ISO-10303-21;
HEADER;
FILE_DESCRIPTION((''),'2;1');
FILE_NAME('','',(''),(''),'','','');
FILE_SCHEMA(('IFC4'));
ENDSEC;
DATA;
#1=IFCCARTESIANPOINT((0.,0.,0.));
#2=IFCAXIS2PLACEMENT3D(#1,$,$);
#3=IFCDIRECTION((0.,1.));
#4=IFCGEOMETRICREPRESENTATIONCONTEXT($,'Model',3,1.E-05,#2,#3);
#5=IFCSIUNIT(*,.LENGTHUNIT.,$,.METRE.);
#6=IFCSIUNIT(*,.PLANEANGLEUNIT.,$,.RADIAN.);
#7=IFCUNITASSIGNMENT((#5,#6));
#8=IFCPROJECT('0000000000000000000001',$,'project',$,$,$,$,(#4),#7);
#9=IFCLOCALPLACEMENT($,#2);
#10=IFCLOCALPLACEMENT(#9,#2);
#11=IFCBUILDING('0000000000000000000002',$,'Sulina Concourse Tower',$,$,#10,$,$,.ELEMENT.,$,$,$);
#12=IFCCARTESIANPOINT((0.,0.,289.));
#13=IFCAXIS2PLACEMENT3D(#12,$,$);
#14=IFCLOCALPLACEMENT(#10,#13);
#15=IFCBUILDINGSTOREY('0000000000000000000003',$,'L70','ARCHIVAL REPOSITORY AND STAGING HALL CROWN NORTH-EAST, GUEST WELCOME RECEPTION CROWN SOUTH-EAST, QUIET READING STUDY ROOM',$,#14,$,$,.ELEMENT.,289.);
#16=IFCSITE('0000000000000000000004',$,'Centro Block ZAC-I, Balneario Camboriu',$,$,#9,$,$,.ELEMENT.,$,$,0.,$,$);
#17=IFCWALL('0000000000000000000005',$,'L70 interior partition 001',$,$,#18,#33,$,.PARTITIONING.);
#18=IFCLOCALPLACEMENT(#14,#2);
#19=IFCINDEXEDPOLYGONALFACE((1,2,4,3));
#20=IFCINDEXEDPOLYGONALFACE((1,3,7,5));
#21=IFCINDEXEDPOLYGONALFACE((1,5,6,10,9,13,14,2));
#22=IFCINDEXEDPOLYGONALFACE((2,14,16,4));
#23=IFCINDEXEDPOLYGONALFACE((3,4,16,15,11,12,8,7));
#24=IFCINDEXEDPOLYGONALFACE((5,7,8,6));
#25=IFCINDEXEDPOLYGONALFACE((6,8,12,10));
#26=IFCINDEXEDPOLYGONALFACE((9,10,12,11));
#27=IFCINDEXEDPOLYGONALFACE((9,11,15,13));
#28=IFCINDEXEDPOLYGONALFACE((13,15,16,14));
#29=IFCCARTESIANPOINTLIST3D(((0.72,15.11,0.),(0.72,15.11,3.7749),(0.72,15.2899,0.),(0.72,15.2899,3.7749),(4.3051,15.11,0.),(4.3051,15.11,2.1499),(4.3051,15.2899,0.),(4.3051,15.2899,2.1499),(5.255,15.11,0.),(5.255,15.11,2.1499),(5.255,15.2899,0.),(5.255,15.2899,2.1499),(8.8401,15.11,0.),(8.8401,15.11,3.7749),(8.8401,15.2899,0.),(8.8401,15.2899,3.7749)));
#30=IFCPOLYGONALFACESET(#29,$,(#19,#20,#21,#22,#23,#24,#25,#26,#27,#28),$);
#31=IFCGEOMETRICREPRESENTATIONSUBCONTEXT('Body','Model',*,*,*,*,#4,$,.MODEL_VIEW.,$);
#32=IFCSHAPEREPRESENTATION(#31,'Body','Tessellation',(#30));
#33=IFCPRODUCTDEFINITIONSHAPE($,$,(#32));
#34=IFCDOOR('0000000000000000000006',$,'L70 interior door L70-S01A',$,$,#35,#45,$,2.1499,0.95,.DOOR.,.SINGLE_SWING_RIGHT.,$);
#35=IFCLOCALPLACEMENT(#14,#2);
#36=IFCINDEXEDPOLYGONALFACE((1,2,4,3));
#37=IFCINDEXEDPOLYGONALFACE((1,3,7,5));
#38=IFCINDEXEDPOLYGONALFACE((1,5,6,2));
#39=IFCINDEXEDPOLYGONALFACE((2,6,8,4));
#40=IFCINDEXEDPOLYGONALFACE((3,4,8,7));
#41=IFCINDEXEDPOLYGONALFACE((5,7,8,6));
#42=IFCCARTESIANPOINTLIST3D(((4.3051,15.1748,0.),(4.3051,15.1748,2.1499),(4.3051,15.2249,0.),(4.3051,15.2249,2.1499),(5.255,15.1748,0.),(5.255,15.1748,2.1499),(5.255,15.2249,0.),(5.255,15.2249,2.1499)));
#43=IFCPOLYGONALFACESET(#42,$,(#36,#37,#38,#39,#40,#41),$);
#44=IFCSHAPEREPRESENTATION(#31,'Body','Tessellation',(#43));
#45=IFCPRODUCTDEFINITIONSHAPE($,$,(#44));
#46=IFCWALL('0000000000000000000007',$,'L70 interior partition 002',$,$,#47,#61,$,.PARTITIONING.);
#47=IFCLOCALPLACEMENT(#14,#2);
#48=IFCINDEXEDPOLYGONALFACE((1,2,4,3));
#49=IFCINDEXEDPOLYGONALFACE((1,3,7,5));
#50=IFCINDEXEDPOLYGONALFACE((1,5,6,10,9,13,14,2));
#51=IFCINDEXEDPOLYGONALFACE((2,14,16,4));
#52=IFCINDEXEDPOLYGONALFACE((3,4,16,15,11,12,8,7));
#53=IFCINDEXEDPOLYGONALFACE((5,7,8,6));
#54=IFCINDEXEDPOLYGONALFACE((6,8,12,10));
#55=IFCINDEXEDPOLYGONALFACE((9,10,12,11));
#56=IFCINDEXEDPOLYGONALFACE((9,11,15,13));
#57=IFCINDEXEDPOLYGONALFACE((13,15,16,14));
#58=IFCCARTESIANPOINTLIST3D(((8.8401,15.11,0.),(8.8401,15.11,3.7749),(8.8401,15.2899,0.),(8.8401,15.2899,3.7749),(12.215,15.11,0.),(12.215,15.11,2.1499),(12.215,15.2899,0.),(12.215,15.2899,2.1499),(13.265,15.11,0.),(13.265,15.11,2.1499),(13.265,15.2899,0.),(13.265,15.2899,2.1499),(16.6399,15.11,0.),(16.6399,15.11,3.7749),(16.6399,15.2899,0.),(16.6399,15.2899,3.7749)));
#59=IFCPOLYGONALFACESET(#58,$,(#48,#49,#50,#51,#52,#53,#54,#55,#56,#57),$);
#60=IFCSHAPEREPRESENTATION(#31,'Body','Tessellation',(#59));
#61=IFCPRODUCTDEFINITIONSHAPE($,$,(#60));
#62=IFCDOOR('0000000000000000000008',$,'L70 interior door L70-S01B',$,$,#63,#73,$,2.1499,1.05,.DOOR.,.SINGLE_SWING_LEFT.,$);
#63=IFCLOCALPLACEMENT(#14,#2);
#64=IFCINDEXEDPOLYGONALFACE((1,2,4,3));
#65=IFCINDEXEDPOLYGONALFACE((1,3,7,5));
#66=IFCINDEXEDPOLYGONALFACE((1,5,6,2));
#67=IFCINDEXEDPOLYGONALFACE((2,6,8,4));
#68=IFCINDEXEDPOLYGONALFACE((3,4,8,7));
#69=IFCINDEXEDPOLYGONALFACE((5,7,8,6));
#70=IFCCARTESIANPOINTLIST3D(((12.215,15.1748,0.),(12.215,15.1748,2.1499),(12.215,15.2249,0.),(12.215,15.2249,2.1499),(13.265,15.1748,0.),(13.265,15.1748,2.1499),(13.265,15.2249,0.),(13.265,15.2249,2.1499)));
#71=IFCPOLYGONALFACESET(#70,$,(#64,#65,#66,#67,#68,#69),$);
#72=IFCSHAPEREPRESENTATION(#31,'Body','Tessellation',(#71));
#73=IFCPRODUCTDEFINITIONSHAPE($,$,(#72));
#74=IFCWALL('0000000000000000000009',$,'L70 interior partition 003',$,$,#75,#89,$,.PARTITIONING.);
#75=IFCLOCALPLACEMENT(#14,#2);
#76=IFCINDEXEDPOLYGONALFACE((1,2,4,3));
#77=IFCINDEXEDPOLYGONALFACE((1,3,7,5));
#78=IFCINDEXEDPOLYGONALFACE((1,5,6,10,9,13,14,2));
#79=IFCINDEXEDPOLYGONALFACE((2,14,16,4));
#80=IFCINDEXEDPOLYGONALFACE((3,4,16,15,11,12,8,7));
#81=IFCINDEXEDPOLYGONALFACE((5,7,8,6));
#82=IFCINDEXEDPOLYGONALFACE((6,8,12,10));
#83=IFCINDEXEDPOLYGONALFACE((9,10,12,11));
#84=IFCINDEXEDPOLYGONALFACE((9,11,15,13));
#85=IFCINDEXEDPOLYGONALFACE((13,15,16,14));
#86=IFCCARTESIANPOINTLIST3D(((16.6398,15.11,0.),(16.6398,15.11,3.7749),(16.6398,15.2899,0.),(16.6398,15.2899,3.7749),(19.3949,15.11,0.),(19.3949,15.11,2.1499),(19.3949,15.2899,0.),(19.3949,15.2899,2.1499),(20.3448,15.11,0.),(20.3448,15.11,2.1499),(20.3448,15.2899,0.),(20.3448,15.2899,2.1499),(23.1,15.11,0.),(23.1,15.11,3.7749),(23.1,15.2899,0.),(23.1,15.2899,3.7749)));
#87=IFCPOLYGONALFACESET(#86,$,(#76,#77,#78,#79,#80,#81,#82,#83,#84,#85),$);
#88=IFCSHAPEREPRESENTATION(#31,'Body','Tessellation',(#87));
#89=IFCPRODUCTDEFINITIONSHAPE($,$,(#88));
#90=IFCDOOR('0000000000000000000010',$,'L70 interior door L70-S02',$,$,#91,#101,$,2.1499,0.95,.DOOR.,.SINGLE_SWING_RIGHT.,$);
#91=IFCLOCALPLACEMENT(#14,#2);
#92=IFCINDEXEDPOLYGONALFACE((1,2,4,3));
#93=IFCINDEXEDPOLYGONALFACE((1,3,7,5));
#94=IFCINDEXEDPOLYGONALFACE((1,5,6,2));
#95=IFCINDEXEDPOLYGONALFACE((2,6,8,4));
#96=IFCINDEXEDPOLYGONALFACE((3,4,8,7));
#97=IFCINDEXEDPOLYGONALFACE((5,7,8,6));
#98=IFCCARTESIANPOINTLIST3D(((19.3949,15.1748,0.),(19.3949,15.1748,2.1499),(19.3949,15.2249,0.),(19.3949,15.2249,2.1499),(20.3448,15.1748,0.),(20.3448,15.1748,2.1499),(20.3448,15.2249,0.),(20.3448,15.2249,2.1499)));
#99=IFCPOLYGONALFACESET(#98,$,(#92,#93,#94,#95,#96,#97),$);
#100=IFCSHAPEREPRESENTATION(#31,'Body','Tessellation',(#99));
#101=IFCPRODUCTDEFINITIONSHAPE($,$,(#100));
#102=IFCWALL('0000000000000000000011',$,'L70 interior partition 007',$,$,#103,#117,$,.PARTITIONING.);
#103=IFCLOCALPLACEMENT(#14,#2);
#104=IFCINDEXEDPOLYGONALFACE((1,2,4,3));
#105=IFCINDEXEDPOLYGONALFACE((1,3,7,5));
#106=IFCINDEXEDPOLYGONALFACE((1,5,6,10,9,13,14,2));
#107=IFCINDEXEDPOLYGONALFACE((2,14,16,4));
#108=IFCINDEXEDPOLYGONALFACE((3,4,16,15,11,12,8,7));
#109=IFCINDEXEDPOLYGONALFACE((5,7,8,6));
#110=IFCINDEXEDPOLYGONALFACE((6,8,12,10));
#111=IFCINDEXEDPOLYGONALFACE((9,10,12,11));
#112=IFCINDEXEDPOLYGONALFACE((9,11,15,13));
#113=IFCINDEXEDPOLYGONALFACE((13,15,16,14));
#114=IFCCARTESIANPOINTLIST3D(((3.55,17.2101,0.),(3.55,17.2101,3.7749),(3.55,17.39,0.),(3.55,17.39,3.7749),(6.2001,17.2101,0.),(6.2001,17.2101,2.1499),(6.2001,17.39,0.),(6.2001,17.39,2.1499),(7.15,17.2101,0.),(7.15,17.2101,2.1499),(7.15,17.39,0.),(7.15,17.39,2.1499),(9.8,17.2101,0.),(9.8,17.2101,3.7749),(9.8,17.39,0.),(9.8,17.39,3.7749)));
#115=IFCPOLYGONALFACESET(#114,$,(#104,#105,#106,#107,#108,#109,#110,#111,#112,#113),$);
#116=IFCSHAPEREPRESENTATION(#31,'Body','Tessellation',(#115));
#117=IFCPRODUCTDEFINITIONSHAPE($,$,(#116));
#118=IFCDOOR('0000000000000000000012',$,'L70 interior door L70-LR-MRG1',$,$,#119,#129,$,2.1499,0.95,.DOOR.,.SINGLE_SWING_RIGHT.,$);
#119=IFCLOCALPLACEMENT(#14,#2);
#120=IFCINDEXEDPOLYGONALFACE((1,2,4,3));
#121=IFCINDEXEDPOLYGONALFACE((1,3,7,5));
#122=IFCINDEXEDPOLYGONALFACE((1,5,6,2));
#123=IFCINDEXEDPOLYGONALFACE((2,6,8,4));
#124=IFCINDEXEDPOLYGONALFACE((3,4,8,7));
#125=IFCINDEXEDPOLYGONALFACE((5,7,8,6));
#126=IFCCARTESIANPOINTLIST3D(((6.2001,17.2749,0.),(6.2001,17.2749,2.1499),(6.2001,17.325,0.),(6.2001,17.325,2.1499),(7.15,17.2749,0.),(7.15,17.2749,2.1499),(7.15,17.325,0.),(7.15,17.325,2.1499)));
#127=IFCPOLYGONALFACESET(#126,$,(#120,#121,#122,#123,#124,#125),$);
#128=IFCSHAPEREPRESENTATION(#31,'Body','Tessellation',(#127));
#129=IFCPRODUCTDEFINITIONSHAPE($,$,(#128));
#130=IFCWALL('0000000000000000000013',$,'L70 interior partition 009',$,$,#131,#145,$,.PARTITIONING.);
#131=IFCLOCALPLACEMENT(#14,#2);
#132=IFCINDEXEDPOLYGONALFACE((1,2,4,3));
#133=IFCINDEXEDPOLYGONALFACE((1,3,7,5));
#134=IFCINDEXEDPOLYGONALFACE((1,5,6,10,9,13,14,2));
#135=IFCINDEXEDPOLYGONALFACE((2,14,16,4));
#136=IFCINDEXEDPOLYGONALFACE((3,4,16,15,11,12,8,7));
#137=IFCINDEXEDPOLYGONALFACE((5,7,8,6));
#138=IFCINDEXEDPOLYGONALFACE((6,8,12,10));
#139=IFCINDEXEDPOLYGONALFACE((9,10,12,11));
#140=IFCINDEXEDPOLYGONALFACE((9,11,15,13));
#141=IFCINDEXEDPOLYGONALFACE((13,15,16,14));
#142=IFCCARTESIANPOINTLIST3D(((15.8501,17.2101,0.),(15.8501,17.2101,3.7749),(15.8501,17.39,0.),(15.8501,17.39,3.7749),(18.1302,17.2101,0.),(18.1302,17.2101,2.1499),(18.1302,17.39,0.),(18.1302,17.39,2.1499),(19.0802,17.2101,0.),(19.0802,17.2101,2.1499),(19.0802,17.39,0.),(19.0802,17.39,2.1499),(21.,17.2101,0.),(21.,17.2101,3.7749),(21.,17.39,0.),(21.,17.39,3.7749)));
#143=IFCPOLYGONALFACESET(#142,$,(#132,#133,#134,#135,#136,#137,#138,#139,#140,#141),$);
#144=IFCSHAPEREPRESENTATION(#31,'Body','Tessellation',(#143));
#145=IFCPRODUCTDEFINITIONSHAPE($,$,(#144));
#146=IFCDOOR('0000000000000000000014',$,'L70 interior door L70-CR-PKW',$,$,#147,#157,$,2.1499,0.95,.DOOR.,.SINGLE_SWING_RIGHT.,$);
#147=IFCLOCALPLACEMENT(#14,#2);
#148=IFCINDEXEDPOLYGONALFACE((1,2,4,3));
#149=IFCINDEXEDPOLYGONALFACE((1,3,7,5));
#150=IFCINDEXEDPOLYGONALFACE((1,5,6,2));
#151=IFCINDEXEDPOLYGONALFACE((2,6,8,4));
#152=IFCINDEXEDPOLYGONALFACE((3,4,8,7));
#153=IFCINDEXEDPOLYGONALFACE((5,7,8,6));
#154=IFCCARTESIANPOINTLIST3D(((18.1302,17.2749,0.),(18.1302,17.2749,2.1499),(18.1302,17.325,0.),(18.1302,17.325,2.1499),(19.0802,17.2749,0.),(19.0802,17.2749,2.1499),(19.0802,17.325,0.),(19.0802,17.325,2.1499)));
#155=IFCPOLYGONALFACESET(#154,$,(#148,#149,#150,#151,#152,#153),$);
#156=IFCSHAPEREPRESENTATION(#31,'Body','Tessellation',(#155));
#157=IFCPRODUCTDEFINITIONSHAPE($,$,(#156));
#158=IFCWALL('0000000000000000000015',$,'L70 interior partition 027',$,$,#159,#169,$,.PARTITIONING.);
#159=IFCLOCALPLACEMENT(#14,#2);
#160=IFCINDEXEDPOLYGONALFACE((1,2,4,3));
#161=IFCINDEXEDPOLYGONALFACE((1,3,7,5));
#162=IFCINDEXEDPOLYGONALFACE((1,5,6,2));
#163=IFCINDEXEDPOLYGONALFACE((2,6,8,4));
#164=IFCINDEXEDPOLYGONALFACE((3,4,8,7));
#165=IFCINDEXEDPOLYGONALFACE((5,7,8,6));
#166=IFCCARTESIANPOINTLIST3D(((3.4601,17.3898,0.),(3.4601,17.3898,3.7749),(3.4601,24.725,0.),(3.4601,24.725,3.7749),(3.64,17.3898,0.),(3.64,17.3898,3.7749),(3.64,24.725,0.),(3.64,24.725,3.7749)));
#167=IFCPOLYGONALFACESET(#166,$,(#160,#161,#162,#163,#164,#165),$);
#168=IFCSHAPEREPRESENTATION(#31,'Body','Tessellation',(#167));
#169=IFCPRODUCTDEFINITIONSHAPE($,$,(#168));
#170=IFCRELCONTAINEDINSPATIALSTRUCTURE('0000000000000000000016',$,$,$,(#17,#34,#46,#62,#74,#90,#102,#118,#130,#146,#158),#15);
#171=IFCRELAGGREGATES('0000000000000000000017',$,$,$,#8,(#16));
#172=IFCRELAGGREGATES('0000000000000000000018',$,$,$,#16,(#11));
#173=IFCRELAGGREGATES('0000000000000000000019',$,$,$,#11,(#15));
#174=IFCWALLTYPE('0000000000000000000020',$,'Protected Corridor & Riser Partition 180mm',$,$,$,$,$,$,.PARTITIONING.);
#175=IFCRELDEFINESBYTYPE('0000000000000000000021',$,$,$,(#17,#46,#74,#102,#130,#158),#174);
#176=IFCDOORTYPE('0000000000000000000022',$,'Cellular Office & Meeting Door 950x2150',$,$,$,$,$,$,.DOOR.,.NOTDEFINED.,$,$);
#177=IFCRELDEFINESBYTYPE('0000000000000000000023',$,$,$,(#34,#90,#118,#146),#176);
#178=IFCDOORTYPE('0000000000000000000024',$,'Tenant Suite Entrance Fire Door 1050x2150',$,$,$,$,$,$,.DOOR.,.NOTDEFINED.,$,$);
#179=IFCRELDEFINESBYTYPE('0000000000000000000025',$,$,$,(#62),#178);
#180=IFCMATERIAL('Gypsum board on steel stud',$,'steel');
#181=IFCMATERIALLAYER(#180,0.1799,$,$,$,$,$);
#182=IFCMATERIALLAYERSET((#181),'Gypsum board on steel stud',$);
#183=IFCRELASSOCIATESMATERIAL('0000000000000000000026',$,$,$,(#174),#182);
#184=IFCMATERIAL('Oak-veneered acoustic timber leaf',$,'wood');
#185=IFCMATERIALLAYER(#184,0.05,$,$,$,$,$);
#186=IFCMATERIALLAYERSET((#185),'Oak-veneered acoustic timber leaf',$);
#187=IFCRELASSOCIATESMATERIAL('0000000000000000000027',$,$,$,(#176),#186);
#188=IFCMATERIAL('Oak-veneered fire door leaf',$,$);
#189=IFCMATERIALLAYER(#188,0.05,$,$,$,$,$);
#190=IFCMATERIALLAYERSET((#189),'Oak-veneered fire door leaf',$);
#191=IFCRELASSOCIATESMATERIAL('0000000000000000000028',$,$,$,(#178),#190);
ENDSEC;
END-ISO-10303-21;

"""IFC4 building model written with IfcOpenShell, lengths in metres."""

from ifc_helpers import new_model, si_unit, direction, frame, frame_2d, origin, place, context, subcontext, project, spatial, rectangle, extrude, material, layer, layer_set, type_object, element, fill, save


model = new_model("IFC4")

# Units and contexts
model_context = context("Model", 3, precision=1e-05, world=origin(), true_north=direction((0.0, 1.0)))
body_context = subcontext(model_context, "Body", "Model", "MODEL_VIEW")
ifc_project = project(units=[si_unit("LENGTHUNIT", "METRE"), si_unit("PLANEANGLEUNIT", "RADIAN")], contexts=[model_context])

# Site, building, storey
site_placement = place(None, origin())
site = spatial("IfcSite", under=ifc_project, at=site_placement, Name="Centro Block ZAC-I, Balneario Camboriu", CompositionType="ELEMENT", RefElevation=0.0)
building_placement = place(site_placement, origin())
building = spatial("IfcBuilding", under=site, at=building_placement, Name="Sulina Concourse Tower", CompositionType="ELEMENT")
storey_placement = place(building_placement, frame((0.0, 0.0, 289.0)))
storey = spatial("IfcBuildingStorey", under=building, at=storey_placement, Name="L70", Description="ARCHIVAL REPOSITORY AND STAGING HALL CROWN NORTH-EAST, GUEST WELCOME RECEPTION CROWN SOUTH-EAST, QUIET READING STUDY ROOM", CompositionType="ELEMENT", Elevation=289.0)

# Walls, openings, doors
ifc_material_1 = material(Name="Gypsum board on steel stud", Category="steel")
ifc_layer_1 = layer(ifc_material_1, 0.1799)
ifc_layer_set_1 = layer_set([ifc_layer_1], Name="Gypsum board on steel stud")
wall_type_1 = type_object("IfcWallType", Name="Protected Corridor & Riser Partition 180mm", PredefinedType="PARTITIONING", material=ifc_layer_set_1)
wall_1_placement = place(storey_placement, frame((0.72, 15.2, 0.0), z_axis=(0.0, 0.0, 1.0), x_axis=(1.0, 0.0, 0.0)))
wall_1 = element("IfcWall", 1, at=wall_1_placement, inside=storey, type_object=wall_type_1, Name="L70 interior partition 001", PredefinedType="PARTITIONING", context=body_context, shape_type="SweptSolid", body=[
    extrude(rectangle(XDim=8.1201, YDim=0.1799, at=frame_2d((4.0601, 0.0))), origin(), (0.0, 0.0, 1.0), 3.7749),
])
opening_1_placement = place(wall_1_placement, frame((3.585, 0.0, 0.0)))
opening_1 = element("IfcOpeningElement", 2, at=opening_1_placement, cuts=wall_1, PredefinedType="OPENING", context=body_context, shape_type="SweptSolid", body=[
    extrude(rectangle(XDim=0.95, YDim=2.1499, at=frame_2d((0.4751, 1.075))), frame((0.0, 0.0999, 0.0), z_axis=(0.0, -1.0, 0.0), x_axis=(1.0, 0.0, 0.0)), (0.0, 0.0, 1.0), 0.2),
])
ifc_material_2 = material(Name="Oak-veneered acoustic timber leaf", Category="wood")
ifc_layer_2 = layer(ifc_material_2, 0.05)
ifc_layer_set_2 = layer_set([ifc_layer_2], Name="Oak-veneered acoustic timber leaf")
door_type_1 = type_object("IfcDoorType", Name="Cellular Office & Meeting Door 950x2150", OperationType="NOTDEFINED", PredefinedType="DOOR", material=ifc_layer_set_2)
door_1_placement = place(opening_1_placement, origin())
door_1 = element("IfcDoor", 3, at=door_1_placement, inside=storey, type_object=door_type_1, Name="L70 interior door L70-S01A", OperationType="SINGLE_SWING_RIGHT", OverallHeight=2.1499, OverallWidth=0.95, PredefinedType="DOOR", context=body_context, shape_type="SweptSolid", body=[
    extrude(rectangle(XDim=0.95, YDim=2.1499, at=frame_2d((0.4751, 1.075))), frame((0.0, 0.0249, 0.0), z_axis=(0.0, -1.0, 0.0), x_axis=(1.0, 0.0, 0.0)), (0.0, 0.0, 1.0), 0.05),
])
fill(opening_1, door_1)
wall_2_placement = place(storey_placement, frame((8.8401, 15.2, 0.0), z_axis=(0.0, 0.0, 1.0), x_axis=(1.0, 0.0, 0.0)))
wall_2 = element("IfcWall", 4, at=wall_2_placement, inside=storey, type_object=wall_type_1, Name="L70 interior partition 002", PredefinedType="PARTITIONING", context=body_context, shape_type="SweptSolid", body=[
    extrude(rectangle(XDim=7.7998, YDim=0.1799, at=frame_2d((3.8999, 0.0))), origin(), (0.0, 0.0, 1.0), 3.7749),
])
opening_2_placement = place(wall_2_placement, frame((3.375, 0.0, 0.0)))
opening_2 = element("IfcOpeningElement", 5, at=opening_2_placement, cuts=wall_2, PredefinedType="OPENING", context=body_context, shape_type="SweptSolid", body=[
    extrude(rectangle(XDim=1.05, YDim=2.1499, at=frame_2d((0.5249, 1.075))), frame((0.0, 0.0999, 0.0), z_axis=(0.0, -1.0, 0.0), x_axis=(1.0, 0.0, 0.0)), (0.0, 0.0, 1.0), 0.2),
])
ifc_material_3 = material(Name="Oak-veneered fire door leaf")
ifc_layer_3 = layer(ifc_material_3, 0.05)
ifc_layer_set_3 = layer_set([ifc_layer_3], Name="Oak-veneered fire door leaf")
door_type_2 = type_object("IfcDoorType", Name="Tenant Suite Entrance Fire Door 1050x2150", OperationType="NOTDEFINED", PredefinedType="DOOR", material=ifc_layer_set_3)
door_2_placement = place(opening_2_placement, origin())
door_2 = element("IfcDoor", 6, at=door_2_placement, inside=storey, type_object=door_type_2, Name="L70 interior door L70-S01B", OperationType="SINGLE_SWING_LEFT", OverallHeight=2.1499, OverallWidth=1.05, PredefinedType="DOOR", context=body_context, shape_type="SweptSolid", body=[
    extrude(rectangle(XDim=1.05, YDim=2.1499, at=frame_2d((0.5249, 1.075))), frame((0.0, 0.0249, 0.0), z_axis=(0.0, -1.0, 0.0), x_axis=(1.0, 0.0, 0.0)), (0.0, 0.0, 1.0), 0.05),
])
fill(opening_2, door_2)
wall_3_placement = place(storey_placement, frame((16.6399, 15.2, 0.0), z_axis=(0.0, 0.0, 1.0), x_axis=(1.0, 0.0, 0.0)))
wall_3 = element("IfcWall", 7, at=wall_3_placement, inside=storey, type_object=wall_type_1, Name="L70 interior partition 003", PredefinedType="PARTITIONING", context=body_context, shape_type="SweptSolid", body=[
    extrude(rectangle(XDim=6.4602, YDim=0.1799, at=frame_2d((3.23, 0.0))), origin(), (0.0, 0.0, 1.0), 3.7749),
])
opening_3_placement = place(wall_3_placement, frame((2.7549, 0.0, 0.0)))
opening_3 = element("IfcOpeningElement", 8, at=opening_3_placement, cuts=wall_3, PredefinedType="OPENING", context=body_context, shape_type="SweptSolid", body=[
    extrude(rectangle(XDim=0.95, YDim=2.1499, at=frame_2d((0.4751, 1.075))), frame((0.0, 0.0999, 0.0), z_axis=(0.0, -1.0, 0.0), x_axis=(1.0, 0.0, 0.0)), (0.0, 0.0, 1.0), 0.2),
])
door_3_placement = place(opening_3_placement, origin())
door_3 = element("IfcDoor", 9, at=door_3_placement, inside=storey, type_object=door_type_1, Name="L70 interior door L70-S02", OperationType="SINGLE_SWING_RIGHT", OverallHeight=2.1499, OverallWidth=0.95, PredefinedType="DOOR", context=body_context, shape_type="SweptSolid", body=[
    extrude(rectangle(XDim=0.95, YDim=2.1499, at=frame_2d((0.4751, 1.075))), frame((0.0, 0.0249, 0.0), z_axis=(0.0, -1.0, 0.0), x_axis=(1.0, 0.0, 0.0)), (0.0, 0.0, 1.0), 0.05),
])
fill(opening_3, door_3)
wall_4_placement = place(storey_placement, frame((3.55, 17.3, 0.0), z_axis=(0.0, 0.0, 1.0), x_axis=(1.0, 0.0, 0.0)))
wall_4 = element("IfcWall", 10, at=wall_4_placement, inside=storey, type_object=wall_type_1, Name="L70 interior partition 007", PredefinedType="PARTITIONING", context=body_context, shape_type="SweptSolid", body=[
    extrude(rectangle(XDim=6.25, YDim=0.1799, at=frame_2d((3.125, 0.0))), origin(), (0.0, 0.0, 1.0), 3.7749),
])
opening_4_placement = place(wall_4_placement, frame((2.6499, 0.0, 0.0)))
opening_4 = element("IfcOpeningElement", 11, at=opening_4_placement, cuts=wall_4, PredefinedType="OPENING", context=body_context, shape_type="SweptSolid", body=[
    extrude(rectangle(XDim=0.95, YDim=2.1499, at=frame_2d((0.4751, 1.075))), frame((0.0, 0.0999, 0.0), z_axis=(0.0, -1.0, 0.0), x_axis=(1.0, 0.0, 0.0)), (0.0, 0.0, 1.0), 0.2),
])
door_4_placement = place(opening_4_placement, origin())
door_4 = element("IfcDoor", 12, at=door_4_placement, inside=storey, type_object=door_type_1, Name="L70 interior door L70-LR-MRG1", OperationType="SINGLE_SWING_RIGHT", OverallHeight=2.1499, OverallWidth=0.95, PredefinedType="DOOR", context=body_context, shape_type="SweptSolid", body=[
    extrude(rectangle(XDim=0.95, YDim=2.1499, at=frame_2d((0.4751, 1.075))), frame((0.0, 0.0249, 0.0), z_axis=(0.0, -1.0, 0.0), x_axis=(1.0, 0.0, 0.0)), (0.0, 0.0, 1.0), 0.05),
])
fill(opening_4, door_4)
wall_5_placement = place(storey_placement, frame((15.8501, 17.3, 0.0), z_axis=(0.0, 0.0, 1.0), x_axis=(1.0, 0.0, 0.0)))
wall_5 = element("IfcWall", 13, at=wall_5_placement, inside=storey, type_object=wall_type_1, Name="L70 interior partition 009", PredefinedType="PARTITIONING", context=body_context, shape_type="SweptSolid", body=[
    extrude(rectangle(XDim=5.1499, YDim=0.1799, at=frame_2d((2.575, 0.0))), origin(), (0.0, 0.0, 1.0), 3.7749),
])
opening_5_placement = place(wall_5_placement, frame((2.28, 0.0, 0.0)))
opening_5 = element("IfcOpeningElement", 14, at=opening_5_placement, cuts=wall_5, PredefinedType="OPENING", context=body_context, shape_type="SweptSolid", body=[
    extrude(rectangle(XDim=0.95, YDim=2.1499, at=frame_2d((0.4751, 1.075))), frame((0.0, 0.0999, 0.0), z_axis=(0.0, -1.0, 0.0), x_axis=(1.0, 0.0, 0.0)), (0.0, 0.0, 1.0), 0.2),
])
door_5_placement = place(opening_5_placement, origin())
door_5 = element("IfcDoor", 15, at=door_5_placement, inside=storey, type_object=door_type_1, Name="L70 interior door L70-CR-PKW", OperationType="SINGLE_SWING_RIGHT", OverallHeight=2.1499, OverallWidth=0.95, PredefinedType="DOOR", context=body_context, shape_type="SweptSolid", body=[
    extrude(rectangle(XDim=0.95, YDim=2.1499, at=frame_2d((0.4751, 1.075))), frame((0.0, 0.0249, 0.0), z_axis=(0.0, -1.0, 0.0), x_axis=(1.0, 0.0, 0.0)), (0.0, 0.0, 1.0), 0.05),
])
fill(opening_5, door_5)

# Wall
wall_6_placement = place(storey_placement, frame((3.55, 17.3899, 0.0), z_axis=(0.0, 0.0, 1.0), x_axis=(0.0, 1.0, 0.0)))
element("IfcWall", 16, at=wall_6_placement, inside=storey, type_object=wall_type_1, Name="L70 interior partition 027", PredefinedType="PARTITIONING", context=body_context, shape_type="SweptSolid", body=[
    extrude(rectangle(XDim=7.3352, YDim=0.1799, at=frame_2d((3.6675, 0.0))), origin(), (0.0, 0.0, 1.0), 3.7749),
])

save(model, "model.ifc")
